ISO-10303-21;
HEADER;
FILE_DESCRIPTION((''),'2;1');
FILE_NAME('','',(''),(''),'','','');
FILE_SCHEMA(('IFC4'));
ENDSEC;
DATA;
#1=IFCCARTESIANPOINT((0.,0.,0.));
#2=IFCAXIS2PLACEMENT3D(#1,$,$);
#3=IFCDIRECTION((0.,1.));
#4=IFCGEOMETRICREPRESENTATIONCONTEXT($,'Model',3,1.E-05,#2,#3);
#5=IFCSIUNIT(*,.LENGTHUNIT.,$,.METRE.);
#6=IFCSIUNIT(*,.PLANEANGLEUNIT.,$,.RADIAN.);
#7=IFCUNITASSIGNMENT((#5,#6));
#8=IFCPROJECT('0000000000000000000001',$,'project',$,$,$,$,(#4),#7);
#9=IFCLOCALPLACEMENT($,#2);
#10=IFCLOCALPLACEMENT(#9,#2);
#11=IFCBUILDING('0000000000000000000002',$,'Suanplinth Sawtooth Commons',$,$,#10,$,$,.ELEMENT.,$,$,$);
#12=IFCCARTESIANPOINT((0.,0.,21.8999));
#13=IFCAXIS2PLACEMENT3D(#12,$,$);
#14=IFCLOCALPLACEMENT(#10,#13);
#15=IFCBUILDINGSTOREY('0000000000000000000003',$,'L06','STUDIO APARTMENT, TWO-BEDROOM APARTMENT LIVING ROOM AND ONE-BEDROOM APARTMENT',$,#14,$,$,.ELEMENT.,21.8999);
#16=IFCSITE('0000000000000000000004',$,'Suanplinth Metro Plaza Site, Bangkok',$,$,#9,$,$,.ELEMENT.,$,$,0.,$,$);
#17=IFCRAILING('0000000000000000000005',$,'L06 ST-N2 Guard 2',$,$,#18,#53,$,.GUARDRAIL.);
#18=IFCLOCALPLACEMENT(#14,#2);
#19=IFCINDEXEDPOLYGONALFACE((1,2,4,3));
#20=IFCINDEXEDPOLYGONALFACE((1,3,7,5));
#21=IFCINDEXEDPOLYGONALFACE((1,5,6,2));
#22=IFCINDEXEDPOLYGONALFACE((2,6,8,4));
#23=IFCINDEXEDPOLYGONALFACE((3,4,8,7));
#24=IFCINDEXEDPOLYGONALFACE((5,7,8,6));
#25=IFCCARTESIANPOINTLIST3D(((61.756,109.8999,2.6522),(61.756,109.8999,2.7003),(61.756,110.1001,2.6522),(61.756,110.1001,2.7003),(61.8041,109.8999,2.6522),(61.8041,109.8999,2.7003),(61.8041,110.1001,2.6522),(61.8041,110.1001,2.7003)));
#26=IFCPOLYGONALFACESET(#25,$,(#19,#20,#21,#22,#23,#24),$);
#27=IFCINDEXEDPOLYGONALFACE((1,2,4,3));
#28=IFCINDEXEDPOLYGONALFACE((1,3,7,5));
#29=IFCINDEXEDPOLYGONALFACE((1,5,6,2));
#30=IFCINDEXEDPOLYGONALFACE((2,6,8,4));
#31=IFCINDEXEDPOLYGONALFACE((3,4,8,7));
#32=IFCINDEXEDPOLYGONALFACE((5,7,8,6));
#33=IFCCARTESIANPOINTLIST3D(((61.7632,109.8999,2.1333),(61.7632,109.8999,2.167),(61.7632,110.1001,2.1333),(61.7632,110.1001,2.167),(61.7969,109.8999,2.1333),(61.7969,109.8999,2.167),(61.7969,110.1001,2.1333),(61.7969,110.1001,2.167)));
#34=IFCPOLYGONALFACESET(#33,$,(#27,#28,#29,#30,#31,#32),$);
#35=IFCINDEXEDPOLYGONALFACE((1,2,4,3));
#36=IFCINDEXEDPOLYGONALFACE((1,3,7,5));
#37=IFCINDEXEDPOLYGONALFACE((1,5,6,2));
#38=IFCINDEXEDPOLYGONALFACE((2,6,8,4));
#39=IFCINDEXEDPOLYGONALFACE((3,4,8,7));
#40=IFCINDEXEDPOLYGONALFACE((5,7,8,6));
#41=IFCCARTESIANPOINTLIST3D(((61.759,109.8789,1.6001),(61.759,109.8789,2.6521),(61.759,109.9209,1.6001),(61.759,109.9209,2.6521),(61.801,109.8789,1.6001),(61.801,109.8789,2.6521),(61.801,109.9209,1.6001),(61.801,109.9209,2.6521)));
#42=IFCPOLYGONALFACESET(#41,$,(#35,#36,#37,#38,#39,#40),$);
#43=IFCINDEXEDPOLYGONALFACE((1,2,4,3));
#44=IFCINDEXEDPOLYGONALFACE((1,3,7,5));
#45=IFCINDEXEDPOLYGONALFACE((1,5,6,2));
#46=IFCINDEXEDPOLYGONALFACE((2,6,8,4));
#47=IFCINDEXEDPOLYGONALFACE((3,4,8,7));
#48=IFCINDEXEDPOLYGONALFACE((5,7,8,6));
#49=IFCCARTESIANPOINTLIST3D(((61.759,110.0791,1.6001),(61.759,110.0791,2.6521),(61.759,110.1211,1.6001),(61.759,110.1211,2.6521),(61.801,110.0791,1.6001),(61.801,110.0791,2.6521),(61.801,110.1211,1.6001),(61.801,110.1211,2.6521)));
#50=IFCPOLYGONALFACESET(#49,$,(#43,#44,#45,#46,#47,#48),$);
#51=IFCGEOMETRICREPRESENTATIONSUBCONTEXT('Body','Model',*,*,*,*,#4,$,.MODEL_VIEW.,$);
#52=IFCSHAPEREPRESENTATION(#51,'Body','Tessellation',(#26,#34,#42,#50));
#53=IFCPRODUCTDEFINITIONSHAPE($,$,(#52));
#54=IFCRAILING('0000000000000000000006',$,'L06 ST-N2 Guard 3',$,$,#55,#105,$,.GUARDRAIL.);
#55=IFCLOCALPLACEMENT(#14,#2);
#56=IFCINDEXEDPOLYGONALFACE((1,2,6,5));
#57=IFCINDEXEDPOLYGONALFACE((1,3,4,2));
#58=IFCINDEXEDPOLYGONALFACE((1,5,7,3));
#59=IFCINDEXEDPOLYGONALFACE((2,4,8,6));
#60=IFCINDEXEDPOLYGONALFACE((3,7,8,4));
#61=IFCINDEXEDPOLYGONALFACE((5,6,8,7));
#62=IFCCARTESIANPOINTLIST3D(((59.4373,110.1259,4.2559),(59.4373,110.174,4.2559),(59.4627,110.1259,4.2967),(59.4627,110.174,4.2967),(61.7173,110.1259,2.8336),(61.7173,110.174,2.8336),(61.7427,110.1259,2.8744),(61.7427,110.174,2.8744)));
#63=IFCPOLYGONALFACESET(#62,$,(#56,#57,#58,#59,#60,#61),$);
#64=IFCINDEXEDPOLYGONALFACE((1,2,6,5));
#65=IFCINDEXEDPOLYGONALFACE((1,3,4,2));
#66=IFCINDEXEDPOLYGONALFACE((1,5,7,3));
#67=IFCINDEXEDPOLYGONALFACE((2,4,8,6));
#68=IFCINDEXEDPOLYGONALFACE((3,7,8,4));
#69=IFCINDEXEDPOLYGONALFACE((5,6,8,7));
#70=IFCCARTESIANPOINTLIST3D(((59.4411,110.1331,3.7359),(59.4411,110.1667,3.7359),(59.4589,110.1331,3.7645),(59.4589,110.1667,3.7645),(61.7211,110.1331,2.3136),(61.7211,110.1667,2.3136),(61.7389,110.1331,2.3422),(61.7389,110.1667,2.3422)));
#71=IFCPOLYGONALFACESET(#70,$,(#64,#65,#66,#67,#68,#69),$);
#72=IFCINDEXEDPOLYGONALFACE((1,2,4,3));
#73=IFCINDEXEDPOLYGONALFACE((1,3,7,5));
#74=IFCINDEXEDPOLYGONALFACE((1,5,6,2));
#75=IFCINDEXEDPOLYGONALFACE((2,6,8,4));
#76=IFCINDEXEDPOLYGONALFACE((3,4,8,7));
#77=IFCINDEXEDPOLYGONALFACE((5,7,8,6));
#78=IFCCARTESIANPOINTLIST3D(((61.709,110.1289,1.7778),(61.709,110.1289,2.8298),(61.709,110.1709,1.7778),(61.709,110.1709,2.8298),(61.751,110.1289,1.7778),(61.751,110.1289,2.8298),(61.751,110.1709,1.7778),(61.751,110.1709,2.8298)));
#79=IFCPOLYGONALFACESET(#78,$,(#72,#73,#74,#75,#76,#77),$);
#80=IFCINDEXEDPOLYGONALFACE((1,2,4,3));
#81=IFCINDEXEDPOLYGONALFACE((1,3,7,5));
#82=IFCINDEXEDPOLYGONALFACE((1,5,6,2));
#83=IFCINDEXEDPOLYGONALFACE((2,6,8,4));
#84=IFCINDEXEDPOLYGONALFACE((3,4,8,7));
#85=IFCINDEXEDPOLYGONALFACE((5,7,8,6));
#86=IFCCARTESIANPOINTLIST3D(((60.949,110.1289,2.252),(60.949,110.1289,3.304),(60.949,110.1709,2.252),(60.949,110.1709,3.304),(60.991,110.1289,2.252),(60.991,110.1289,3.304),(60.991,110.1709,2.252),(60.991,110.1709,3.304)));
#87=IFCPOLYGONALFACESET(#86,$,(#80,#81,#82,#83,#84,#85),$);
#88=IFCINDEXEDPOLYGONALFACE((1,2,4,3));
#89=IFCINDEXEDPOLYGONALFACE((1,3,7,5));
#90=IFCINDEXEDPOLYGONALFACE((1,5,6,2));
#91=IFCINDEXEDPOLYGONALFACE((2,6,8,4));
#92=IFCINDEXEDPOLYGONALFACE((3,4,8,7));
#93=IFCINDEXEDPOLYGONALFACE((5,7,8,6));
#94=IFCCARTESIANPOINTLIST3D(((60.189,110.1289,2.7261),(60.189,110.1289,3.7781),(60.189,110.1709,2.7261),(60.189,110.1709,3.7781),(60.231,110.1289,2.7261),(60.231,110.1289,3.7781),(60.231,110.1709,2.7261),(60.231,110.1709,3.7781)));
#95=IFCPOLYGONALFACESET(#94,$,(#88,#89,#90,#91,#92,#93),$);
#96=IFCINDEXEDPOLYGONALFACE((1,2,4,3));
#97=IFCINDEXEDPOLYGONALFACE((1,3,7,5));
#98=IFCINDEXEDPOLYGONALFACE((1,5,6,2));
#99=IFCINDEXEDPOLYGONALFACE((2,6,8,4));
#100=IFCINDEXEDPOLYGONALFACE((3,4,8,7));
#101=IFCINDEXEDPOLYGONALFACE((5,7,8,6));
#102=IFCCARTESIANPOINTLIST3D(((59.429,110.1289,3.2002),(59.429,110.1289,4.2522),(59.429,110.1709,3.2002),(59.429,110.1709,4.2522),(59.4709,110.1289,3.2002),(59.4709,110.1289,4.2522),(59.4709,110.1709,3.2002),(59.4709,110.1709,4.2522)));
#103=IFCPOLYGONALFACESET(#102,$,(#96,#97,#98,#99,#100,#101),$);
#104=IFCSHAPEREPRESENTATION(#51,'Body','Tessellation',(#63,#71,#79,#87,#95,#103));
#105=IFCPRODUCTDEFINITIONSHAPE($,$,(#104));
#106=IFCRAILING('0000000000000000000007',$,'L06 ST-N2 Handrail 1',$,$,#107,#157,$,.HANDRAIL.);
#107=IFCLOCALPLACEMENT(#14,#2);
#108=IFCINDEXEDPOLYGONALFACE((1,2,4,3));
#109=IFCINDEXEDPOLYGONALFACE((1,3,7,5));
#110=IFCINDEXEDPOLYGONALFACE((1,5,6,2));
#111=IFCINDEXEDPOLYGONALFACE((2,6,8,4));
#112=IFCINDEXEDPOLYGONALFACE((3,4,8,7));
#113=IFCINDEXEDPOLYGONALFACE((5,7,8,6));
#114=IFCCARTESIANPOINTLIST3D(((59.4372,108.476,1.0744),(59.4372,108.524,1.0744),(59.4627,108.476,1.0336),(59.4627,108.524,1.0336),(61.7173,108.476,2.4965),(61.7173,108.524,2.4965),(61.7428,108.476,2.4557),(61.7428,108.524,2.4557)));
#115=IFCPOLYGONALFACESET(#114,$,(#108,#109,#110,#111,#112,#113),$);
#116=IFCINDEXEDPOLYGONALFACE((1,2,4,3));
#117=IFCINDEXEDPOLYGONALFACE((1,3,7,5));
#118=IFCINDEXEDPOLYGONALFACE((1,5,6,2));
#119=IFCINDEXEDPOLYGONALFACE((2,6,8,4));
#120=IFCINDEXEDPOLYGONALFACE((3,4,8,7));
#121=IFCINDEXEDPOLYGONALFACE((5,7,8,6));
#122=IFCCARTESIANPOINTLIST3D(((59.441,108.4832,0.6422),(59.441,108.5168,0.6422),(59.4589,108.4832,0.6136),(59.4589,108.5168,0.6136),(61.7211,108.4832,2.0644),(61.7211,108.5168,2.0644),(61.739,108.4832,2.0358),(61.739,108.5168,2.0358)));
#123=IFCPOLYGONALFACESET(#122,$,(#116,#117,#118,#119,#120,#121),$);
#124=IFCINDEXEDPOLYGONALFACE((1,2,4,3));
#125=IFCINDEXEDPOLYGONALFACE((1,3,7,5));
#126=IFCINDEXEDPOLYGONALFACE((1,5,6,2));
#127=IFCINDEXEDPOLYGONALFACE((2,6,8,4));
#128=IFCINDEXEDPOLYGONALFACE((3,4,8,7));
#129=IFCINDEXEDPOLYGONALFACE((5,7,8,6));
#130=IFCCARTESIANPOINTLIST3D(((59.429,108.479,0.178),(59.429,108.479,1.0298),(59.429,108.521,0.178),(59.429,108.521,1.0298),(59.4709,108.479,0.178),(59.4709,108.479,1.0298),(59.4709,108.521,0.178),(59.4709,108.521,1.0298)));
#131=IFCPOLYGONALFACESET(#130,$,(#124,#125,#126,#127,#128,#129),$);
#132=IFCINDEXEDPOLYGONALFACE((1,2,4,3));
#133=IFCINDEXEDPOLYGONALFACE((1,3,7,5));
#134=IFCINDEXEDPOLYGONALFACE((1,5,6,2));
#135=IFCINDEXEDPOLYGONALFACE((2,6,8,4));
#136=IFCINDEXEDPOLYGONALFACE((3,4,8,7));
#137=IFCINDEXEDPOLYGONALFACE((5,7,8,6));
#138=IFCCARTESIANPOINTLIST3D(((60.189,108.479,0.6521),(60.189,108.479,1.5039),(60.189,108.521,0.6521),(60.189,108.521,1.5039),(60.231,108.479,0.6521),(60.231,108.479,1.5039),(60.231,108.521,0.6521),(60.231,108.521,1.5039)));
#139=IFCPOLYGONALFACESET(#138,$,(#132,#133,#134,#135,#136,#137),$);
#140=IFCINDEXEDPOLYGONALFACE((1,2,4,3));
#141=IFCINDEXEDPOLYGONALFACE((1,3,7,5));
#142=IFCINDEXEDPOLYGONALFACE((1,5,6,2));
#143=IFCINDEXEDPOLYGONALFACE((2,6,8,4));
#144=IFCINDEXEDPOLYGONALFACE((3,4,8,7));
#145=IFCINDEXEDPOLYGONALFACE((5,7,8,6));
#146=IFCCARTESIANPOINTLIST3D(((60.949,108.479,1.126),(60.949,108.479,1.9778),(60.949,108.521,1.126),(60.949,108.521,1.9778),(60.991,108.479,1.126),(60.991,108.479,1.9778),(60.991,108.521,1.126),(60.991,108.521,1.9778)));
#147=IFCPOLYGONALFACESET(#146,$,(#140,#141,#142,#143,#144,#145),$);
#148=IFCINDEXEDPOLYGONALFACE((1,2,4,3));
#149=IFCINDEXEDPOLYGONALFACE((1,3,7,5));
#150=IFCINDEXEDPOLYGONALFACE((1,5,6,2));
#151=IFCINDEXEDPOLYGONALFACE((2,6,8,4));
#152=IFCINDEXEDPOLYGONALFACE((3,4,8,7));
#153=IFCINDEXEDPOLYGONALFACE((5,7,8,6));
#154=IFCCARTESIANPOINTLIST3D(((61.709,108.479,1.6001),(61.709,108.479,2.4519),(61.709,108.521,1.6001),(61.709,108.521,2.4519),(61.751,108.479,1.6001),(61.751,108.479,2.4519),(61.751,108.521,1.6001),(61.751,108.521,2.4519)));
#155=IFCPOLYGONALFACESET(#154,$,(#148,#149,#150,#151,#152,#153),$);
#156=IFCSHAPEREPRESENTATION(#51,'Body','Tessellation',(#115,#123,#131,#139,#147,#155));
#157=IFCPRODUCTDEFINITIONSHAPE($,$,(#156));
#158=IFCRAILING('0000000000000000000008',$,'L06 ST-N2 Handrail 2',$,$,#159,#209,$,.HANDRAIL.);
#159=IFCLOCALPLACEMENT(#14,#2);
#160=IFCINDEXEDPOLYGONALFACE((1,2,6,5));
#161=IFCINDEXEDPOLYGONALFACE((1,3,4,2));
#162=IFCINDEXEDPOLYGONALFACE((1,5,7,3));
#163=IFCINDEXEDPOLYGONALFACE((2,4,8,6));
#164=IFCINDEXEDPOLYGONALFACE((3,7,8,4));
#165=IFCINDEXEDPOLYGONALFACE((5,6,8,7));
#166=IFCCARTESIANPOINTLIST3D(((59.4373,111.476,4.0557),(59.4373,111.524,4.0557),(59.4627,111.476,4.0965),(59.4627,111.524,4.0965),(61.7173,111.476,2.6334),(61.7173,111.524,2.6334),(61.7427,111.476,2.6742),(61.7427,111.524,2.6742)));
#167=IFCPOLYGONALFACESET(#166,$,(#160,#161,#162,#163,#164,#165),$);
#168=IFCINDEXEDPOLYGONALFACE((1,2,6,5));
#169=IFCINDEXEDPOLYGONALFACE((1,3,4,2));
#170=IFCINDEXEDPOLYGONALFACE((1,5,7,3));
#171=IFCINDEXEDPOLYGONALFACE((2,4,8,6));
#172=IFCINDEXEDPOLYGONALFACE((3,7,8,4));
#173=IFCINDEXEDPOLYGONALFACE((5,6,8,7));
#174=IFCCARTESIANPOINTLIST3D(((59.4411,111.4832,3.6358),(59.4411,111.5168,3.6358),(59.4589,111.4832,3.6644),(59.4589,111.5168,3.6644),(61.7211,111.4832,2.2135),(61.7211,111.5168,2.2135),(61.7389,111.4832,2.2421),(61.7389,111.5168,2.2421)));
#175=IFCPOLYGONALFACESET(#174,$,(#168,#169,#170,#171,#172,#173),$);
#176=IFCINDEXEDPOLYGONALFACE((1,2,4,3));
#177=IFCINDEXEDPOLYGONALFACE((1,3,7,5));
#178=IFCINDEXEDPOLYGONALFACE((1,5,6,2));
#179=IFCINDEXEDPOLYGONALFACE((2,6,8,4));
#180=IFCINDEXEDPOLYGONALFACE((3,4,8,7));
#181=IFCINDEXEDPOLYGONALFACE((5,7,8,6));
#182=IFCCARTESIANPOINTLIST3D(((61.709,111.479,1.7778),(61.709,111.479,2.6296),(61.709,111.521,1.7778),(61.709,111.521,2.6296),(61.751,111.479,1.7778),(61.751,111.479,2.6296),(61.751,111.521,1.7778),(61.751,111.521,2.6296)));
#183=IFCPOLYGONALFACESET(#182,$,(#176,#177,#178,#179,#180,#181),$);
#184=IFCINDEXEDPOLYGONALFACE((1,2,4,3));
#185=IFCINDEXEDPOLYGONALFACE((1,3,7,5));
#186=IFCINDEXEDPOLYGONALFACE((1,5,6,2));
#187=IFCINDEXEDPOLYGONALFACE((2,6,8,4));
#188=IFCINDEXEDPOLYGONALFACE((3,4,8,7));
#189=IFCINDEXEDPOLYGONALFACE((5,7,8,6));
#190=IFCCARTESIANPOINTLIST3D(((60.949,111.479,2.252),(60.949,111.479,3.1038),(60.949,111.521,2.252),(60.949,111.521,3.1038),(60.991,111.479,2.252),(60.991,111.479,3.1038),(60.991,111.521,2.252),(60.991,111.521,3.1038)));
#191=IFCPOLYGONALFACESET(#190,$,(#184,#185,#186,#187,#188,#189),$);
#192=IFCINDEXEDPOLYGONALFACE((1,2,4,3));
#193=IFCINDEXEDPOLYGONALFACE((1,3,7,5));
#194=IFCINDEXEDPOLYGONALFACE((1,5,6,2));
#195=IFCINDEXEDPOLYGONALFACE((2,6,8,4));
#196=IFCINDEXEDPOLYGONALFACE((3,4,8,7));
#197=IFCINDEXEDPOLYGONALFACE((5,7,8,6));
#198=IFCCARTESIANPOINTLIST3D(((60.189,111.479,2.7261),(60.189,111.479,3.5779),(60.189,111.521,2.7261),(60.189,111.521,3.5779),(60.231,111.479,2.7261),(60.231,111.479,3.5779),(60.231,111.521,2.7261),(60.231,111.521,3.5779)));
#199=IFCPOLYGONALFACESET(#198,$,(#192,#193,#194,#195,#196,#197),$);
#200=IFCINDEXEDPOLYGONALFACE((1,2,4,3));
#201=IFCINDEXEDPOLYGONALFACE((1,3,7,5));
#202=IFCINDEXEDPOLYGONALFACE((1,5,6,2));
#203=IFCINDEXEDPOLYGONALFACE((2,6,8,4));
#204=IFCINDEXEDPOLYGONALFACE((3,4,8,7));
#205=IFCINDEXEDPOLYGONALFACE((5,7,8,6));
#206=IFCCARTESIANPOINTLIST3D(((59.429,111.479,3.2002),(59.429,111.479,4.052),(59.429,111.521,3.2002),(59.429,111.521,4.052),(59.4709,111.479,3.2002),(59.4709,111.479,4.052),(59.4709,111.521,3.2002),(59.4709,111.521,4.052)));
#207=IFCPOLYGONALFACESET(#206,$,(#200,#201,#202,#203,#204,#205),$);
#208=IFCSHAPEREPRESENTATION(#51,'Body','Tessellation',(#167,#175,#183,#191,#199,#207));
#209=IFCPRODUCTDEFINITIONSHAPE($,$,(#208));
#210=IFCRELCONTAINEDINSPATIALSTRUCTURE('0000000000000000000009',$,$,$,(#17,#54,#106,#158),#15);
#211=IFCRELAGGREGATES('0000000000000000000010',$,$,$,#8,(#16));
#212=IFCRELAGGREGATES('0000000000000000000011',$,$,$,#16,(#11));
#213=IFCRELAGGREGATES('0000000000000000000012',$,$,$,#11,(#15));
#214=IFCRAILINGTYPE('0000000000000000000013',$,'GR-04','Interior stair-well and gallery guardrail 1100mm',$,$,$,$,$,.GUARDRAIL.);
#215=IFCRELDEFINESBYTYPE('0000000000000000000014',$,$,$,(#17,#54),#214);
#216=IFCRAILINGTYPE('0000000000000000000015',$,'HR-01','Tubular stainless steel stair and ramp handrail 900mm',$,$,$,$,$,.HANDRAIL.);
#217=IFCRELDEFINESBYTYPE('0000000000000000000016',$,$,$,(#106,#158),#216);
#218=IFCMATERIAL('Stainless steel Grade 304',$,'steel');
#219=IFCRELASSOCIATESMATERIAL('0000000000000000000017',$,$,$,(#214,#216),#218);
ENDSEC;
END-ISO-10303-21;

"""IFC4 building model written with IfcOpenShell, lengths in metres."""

from ifc_helpers import new_model, si_unit, direction, frame, origin, origin_2d, place, context, subcontext, project, spatial, rectangle, extrude, material, type_object, element, save


model = new_model("IFC4")

# Units and contexts
model_context = context("Model", 3, precision=1e-05, world=origin(), true_north=direction((0.0, 1.0)))
body_context = subcontext(model_context, "Body", "Model", "MODEL_VIEW")
ifc_project = project(units=[si_unit("LENGTHUNIT", "METRE"), si_unit("PLANEANGLEUNIT", "RADIAN")], contexts=[model_context])

# Site, building, storey
site_placement = place(None, origin())
site = spatial("IfcSite", under=ifc_project, at=site_placement, Name="Suanplinth Metro Plaza Site, Bangkok", CompositionType="ELEMENT", RefElevation=0.0)
building_placement = place(site_placement, origin())
building = spatial("IfcBuilding", under=site, at=building_placement, Name="Suanplinth Sawtooth Commons", CompositionType="ELEMENT")
storey_placement = place(building_placement, frame((0.0, 0.0, 21.8999)))
storey = spatial("IfcBuildingStorey", under=building, at=storey_placement, Name="L06", Description="STUDIO APARTMENT, TWO-BEDROOM APARTMENT LIVING ROOM AND ONE-BEDROOM APARTMENT", CompositionType="ELEMENT", Elevation=21.8999)

# Shared definitions
ifc_material_1 = material(Name="Stainless steel Grade 304", Category="steel")

# Railings
railing_type_1 = type_object("IfcRailingType", Name="GR-04", Description="Interior stair-well and gallery guardrail 1100mm", PredefinedType="GUARDRAIL", material=ifc_material_1)
railing_1_placement = place(storey_placement, frame((61.78, 109.8999, 1.6001)))
element("IfcRailing", 1, at=railing_1_placement, inside=storey, type_object=railing_type_1, Name="L06 ST-N2 Guard 2", PredefinedType="GUARDRAIL", context=body_context, shape_type="SweptSolid", body=[
    extrude(rectangle(XDim=0.0481, YDim=0.0481, at=origin_2d()), frame((0.0, 0.0, 1.0762), z_axis=(0.0, 1.0, 0.0), x_axis=(-1.0, 0.0, 0.0)), (0.0, 0.0, 1.0), 0.2002),
    extrude(rectangle(XDim=0.0337, YDim=0.0337, at=origin_2d()), frame((0.0, 0.0, 0.55), z_axis=(0.0, 1.0, 0.0), x_axis=(-1.0, 0.0, 0.0)), (0.0, 0.0, 1.0), 0.2002),
    extrude(rectangle(XDim=0.042, YDim=0.042, at=origin_2d()), origin(), (0.0, 0.0, 1.0), 1.052),
    extrude(rectangle(XDim=0.042, YDim=0.042, at=origin_2d()), frame((0.0, 0.2002, 0.0)), (0.0, 0.0, 1.0), 1.052),
])
railing_2_placement = place(storey_placement, frame((61.73, 110.1499, 1.7778)))
element("IfcRailing", 2, at=railing_2_placement, inside=storey, type_object=railing_type_1, Name="L06 ST-N2 Guard 3", PredefinedType="GUARDRAIL", context=body_context, shape_type="SweptSolid", body=[
    extrude(rectangle(XDim=0.0481, YDim=0.0481, at=origin_2d()), frame((0.0, 0.0, 1.0762), z_axis=(-0.848442, 0.0, 0.529288), x_axis=(0.0, -1.0, 0.0)), (0.0, 0.0, 1.0), 2.6873),
    extrude(rectangle(XDim=0.0337, YDim=0.0337, at=origin_2d()), frame((0.0, 0.0, 0.55), z_axis=(-0.848442, 0.0, 0.529288), x_axis=(0.0, -1.0, 0.0)), (0.0, 0.0, 1.0), 2.6873),
    extrude(rectangle(XDim=0.042, YDim=0.042, at=origin_2d()), origin(), (0.0, 0.0, 1.0), 1.052),
    extrude(rectangle(XDim=0.042, YDim=0.042, at=origin_2d()), frame((-0.76, 0.0, 0.4741)), (0.0, 0.0, 1.0), 1.052),
    extrude(rectangle(XDim=0.042, YDim=0.042, at=origin_2d()), frame((-1.52, 0.0, 0.9482)), (0.0, 0.0, 1.0), 1.052),
    extrude(rectangle(XDim=0.042, YDim=0.042, at=origin_2d()), frame((-2.28, 0.0, 1.4224)), (0.0, 0.0, 1.0), 1.052),
])
railing_type_2 = type_object("IfcRailingType", Name="HR-01", Description="Tubular stainless steel stair and ramp handrail 900mm", PredefinedType="HANDRAIL", material=ifc_material_1)
railing_3_placement = place(storey_placement, frame((59.45, 108.5, 0.178)))
element("IfcRailing", 3, at=railing_3_placement, inside=storey, type_object=railing_type_2, Name="L06 ST-N2 Handrail 1", PredefinedType="HANDRAIL", context=body_context, shape_type="SweptSolid", body=[
    extrude(rectangle(XDim=0.0481, YDim=0.0481, at=origin_2d()), frame((0.0, 0.0, 0.876), z_axis=(0.848483, 0.0, 0.529223), x_axis=(0.0, 1.0, 0.0)), (0.0, 0.0, 1.0), 2.6873),
    extrude(rectangle(XDim=0.0337, YDim=0.0337, at=origin_2d()), frame((0.0, 0.0, 0.45), z_axis=(0.848483, 0.0, 0.529223), x_axis=(0.0, 1.0, 0.0)), (0.0, 0.0, 1.0), 2.6873),
    extrude(rectangle(XDim=0.042, YDim=0.042, at=origin_2d()), origin(), (0.0, 0.0, 1.0), 0.8518),
    extrude(rectangle(XDim=0.042, YDim=0.042, at=origin_2d()), frame((0.76, 0.0, 0.4741)), (0.0, 0.0, 1.0), 0.8518),
    extrude(rectangle(XDim=0.042, YDim=0.042, at=origin_2d()), frame((1.52, 0.0, 0.948)), (0.0, 0.0, 1.0), 0.8518),
    extrude(rectangle(XDim=0.042, YDim=0.042, at=origin_2d()), frame((2.28, 0.0, 1.4221)), (0.0, 0.0, 1.0), 0.8518),
])
railing_4_placement = place(storey_placement, frame((61.73, 111.5, 1.7778)))
element("IfcRailing", 4, at=railing_4_placement, inside=storey, type_object=railing_type_2, Name="L06 ST-N2 Handrail 2", PredefinedType="HANDRAIL", context=body_context, shape_type="SweptSolid", body=[
    extrude(rectangle(XDim=0.0481, YDim=0.0481, at=origin_2d()), frame((0.0, 0.0, 0.876), z_axis=(-0.848442, 0.0, 0.529288), x_axis=(0.0, -1.0, 0.0)), (0.0, 0.0, 1.0), 2.6873),
    extrude(rectangle(XDim=0.0337, YDim=0.0337, at=origin_2d()), frame((0.0, 0.0, 0.45), z_axis=(-0.848442, 0.0, 0.529288), x_axis=(0.0, -1.0, 0.0)), (0.0, 0.0, 1.0), 2.6873),
    extrude(rectangle(XDim=0.042, YDim=0.042, at=origin_2d()), origin(), (0.0, 0.0, 1.0), 0.8518),
    extrude(rectangle(XDim=0.042, YDim=0.042, at=origin_2d()), frame((-0.76, 0.0, 0.4741)), (0.0, 0.0, 1.0), 0.8518),
    extrude(rectangle(XDim=0.042, YDim=0.042, at=origin_2d()), frame((-1.52, 0.0, 0.9482)), (0.0, 0.0, 1.0), 0.8518),
    extrude(rectangle(XDim=0.042, YDim=0.042, at=origin_2d()), frame((-2.28, 0.0, 1.4224)), (0.0, 0.0, 1.0), 0.8518),
])

save(model, "model.ifc")
